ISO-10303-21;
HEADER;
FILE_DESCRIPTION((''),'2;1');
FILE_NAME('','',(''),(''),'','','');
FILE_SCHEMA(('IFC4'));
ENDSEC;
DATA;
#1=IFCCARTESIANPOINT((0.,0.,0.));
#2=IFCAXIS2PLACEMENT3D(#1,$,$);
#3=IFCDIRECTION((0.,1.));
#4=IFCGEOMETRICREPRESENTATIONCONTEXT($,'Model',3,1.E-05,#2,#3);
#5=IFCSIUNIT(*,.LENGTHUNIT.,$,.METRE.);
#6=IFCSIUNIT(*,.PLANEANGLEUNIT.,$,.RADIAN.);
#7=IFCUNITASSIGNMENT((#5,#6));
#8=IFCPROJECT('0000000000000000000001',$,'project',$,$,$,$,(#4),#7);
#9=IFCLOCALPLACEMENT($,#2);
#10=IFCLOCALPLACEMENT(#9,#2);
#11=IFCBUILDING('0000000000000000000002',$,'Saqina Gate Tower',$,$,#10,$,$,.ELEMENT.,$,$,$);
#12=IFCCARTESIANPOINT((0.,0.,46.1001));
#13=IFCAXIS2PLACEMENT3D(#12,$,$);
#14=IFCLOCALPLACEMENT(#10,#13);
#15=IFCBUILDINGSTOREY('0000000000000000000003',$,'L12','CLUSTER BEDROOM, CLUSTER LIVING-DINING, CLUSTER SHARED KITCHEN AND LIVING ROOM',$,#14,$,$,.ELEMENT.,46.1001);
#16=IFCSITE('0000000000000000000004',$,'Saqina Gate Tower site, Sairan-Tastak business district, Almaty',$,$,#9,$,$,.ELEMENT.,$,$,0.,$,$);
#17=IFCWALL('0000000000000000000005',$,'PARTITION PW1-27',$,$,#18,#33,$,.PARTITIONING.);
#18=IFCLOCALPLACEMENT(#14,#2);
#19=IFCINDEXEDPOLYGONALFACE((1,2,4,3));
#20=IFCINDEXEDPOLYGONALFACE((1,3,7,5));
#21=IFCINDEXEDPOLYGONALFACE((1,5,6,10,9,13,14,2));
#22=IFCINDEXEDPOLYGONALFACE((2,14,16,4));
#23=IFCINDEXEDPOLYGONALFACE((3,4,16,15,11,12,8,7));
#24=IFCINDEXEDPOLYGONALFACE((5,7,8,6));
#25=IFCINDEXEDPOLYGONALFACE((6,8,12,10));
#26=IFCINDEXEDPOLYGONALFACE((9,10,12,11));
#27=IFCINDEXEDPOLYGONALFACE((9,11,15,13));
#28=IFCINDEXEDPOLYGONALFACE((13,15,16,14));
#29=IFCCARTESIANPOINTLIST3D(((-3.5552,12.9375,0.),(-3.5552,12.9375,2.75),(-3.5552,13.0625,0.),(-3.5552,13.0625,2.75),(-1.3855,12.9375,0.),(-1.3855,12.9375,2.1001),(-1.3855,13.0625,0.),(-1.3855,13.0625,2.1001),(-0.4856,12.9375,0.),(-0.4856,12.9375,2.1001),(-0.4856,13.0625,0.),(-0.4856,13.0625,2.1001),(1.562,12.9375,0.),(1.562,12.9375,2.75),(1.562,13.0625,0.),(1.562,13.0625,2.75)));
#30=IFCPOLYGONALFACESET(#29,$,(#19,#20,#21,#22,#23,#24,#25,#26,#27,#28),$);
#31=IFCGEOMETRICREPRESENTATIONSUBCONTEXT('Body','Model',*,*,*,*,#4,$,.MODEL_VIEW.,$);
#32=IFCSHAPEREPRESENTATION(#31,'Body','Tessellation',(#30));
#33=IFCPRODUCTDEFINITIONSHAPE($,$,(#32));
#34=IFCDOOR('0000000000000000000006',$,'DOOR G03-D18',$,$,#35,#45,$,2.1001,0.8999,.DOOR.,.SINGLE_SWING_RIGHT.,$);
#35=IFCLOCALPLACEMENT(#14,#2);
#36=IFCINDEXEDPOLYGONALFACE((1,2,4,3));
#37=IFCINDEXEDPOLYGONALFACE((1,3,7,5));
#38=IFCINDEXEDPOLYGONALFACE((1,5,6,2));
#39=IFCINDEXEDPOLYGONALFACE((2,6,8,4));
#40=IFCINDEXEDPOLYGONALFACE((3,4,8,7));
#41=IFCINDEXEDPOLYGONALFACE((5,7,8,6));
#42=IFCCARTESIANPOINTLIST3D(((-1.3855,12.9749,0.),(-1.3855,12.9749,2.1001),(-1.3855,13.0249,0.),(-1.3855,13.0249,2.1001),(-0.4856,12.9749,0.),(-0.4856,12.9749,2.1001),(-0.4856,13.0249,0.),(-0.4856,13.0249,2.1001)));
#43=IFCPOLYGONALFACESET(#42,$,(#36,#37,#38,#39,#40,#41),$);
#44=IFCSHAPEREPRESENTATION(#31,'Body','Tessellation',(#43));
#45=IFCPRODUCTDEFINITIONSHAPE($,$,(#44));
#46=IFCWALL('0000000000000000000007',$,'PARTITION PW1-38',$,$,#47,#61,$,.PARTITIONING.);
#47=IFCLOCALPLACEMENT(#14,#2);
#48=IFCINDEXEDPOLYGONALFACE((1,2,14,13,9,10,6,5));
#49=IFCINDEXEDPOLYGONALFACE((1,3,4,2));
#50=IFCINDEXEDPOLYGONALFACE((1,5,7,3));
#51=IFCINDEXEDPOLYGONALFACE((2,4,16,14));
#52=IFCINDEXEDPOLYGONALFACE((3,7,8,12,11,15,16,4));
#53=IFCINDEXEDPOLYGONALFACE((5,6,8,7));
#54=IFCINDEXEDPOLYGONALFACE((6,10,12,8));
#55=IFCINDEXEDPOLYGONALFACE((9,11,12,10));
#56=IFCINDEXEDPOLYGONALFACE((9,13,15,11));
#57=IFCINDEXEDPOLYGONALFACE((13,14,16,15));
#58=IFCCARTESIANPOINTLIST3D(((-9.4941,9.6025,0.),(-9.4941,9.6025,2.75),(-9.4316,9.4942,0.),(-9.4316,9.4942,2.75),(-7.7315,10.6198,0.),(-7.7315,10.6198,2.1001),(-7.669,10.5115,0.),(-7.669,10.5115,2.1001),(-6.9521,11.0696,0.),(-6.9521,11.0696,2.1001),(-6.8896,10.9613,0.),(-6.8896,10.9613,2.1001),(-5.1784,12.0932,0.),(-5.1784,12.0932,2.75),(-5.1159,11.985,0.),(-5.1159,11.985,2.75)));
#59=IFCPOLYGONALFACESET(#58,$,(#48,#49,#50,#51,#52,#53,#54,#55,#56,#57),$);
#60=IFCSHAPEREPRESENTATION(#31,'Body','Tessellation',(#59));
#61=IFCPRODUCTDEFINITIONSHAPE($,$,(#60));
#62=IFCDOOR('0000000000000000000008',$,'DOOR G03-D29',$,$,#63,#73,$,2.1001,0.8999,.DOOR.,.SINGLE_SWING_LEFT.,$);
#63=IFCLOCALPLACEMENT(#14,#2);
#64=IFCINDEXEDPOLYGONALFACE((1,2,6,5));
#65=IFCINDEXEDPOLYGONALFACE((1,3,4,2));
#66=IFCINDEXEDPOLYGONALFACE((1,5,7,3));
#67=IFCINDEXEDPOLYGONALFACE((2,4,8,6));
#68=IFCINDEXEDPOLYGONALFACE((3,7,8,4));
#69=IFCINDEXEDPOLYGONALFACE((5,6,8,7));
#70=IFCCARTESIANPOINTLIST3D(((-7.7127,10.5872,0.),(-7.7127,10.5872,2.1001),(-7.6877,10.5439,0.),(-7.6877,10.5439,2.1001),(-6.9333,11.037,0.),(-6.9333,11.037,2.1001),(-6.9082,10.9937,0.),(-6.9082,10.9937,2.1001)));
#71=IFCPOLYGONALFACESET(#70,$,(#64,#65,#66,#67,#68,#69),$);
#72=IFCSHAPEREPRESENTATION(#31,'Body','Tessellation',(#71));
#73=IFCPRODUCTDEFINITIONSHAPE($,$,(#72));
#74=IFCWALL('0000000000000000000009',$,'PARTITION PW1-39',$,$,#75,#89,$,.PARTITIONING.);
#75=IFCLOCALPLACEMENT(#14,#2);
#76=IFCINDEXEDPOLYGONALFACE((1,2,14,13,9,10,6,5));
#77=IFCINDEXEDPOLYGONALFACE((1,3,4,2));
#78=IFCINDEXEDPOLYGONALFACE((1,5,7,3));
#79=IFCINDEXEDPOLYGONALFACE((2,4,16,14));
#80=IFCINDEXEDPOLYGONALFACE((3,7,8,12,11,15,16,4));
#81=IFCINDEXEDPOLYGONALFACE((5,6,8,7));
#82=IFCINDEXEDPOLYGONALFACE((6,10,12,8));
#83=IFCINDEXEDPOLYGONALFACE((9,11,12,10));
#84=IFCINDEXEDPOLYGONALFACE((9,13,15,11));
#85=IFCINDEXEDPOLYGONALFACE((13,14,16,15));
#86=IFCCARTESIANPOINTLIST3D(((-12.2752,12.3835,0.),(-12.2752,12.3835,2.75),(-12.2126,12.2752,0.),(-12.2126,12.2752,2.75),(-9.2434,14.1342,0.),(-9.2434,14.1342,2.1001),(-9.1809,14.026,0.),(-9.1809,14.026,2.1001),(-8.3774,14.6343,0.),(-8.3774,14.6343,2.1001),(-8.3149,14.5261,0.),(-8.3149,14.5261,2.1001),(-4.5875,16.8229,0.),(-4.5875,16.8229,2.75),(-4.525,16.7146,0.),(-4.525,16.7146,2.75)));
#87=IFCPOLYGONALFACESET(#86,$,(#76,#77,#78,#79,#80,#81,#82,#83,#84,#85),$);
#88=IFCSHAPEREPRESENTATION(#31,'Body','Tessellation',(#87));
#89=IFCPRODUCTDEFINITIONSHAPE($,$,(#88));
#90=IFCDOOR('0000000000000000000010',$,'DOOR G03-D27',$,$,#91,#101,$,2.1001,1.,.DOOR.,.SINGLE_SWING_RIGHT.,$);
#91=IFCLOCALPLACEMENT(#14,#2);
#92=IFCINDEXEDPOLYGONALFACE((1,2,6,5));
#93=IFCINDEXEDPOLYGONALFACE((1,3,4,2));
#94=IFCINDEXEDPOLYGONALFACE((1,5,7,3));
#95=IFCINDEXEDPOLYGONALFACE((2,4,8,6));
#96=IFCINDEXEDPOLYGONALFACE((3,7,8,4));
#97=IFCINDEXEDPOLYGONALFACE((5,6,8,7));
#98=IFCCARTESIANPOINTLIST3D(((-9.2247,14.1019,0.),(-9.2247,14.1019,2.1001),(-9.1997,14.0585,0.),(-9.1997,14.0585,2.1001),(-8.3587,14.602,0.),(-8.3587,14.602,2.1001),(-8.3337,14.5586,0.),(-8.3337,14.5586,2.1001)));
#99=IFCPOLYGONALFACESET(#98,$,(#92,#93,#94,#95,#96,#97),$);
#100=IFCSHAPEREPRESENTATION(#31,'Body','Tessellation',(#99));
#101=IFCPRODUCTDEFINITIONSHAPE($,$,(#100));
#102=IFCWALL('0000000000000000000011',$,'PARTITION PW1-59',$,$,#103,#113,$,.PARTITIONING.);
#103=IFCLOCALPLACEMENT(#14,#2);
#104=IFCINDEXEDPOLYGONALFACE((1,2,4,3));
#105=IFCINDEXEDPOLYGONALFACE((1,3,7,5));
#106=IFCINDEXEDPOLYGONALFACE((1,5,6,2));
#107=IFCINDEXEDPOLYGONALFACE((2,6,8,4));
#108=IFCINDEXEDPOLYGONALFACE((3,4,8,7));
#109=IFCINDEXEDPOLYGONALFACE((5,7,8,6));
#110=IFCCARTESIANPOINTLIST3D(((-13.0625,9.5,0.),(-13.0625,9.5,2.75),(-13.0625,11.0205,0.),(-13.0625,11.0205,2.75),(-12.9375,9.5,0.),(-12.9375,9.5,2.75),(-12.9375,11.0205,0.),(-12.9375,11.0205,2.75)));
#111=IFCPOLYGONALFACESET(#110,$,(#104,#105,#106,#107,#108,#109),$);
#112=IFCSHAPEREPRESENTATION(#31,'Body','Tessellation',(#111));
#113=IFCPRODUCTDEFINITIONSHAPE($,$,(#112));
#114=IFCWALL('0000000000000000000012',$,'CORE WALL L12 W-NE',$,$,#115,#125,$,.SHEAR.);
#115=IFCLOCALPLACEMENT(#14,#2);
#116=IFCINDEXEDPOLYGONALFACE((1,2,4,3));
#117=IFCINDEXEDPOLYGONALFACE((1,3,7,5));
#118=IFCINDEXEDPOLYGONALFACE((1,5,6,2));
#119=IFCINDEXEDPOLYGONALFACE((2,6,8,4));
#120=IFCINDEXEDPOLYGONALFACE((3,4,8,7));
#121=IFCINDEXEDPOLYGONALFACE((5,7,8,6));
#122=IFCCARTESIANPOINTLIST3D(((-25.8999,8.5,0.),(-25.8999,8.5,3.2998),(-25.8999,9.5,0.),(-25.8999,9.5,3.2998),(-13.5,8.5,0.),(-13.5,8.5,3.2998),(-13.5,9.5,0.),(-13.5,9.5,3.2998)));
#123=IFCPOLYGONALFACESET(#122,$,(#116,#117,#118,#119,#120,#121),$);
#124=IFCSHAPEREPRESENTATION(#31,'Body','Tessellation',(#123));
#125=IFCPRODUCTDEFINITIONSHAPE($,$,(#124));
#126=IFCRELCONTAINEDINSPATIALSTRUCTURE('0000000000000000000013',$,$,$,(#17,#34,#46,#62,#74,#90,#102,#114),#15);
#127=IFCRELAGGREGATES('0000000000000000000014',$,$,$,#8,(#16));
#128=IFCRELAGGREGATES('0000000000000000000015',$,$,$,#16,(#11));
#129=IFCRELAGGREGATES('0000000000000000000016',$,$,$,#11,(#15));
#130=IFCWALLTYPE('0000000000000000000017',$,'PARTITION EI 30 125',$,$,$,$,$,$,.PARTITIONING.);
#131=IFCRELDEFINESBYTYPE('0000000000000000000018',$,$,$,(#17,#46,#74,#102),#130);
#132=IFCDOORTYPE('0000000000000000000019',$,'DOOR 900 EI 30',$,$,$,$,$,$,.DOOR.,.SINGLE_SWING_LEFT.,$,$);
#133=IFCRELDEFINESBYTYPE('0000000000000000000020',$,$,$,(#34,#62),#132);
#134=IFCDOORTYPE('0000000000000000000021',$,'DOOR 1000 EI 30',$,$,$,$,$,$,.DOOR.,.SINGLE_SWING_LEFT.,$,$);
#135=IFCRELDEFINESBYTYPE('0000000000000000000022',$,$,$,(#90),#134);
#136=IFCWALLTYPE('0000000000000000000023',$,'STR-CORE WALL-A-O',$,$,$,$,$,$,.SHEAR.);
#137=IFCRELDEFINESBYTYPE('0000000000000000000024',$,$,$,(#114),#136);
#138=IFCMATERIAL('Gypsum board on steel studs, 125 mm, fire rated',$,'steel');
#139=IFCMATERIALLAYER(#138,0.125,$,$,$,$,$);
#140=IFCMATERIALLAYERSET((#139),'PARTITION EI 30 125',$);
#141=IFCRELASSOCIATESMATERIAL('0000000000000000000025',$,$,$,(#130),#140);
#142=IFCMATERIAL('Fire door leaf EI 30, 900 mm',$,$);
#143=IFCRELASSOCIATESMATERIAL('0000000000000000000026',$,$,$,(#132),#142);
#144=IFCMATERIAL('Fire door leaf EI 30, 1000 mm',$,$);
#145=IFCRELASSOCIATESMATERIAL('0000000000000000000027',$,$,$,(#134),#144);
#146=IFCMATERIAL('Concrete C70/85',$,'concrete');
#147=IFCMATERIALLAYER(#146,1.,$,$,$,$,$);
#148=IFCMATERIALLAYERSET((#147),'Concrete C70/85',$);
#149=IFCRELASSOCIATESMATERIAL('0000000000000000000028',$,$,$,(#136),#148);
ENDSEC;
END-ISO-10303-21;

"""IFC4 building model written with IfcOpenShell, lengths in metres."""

from ifc_helpers import new_model, si_unit, direction, frame, frame_2d, origin, place, context, subcontext, project, spatial, rectangle, extrude, material, layer, layer_set, type_object, element, fill, save


model = new_model("IFC4")

# Units and contexts
model_context = context("Model", 3, precision=1e-05, world=origin(), true_north=direction((0.0, 1.0)))
body_context = subcontext(model_context, "Body", "Model", "MODEL_VIEW")
ifc_project = project(units=[si_unit("LENGTHUNIT", "METRE"), si_unit("PLANEANGLEUNIT", "RADIAN")], contexts=[model_context])

# Site, building, storey
site_placement = place(None, origin())
site = spatial("IfcSite", under=ifc_project, at=site_placement, Name="Saqina Gate Tower site, Sairan-Tastak business district, Almaty", CompositionType="ELEMENT", RefElevation=0.0)
building_placement = place(site_placement, origin())
building = spatial("IfcBuilding", under=site, at=building_placement, Name="Saqina Gate Tower", CompositionType="ELEMENT")
storey_placement = place(building_placement, frame((0.0, 0.0, 46.1001)))
storey = spatial("IfcBuildingStorey", under=building, at=storey_placement, Name="L12", Description="CLUSTER BEDROOM, CLUSTER LIVING-DINING, CLUSTER SHARED KITCHEN AND LIVING ROOM", CompositionType="ELEMENT", Elevation=46.1001)

# Shared definitions
ifc_material_1 = material(Name="Gypsum board on steel studs, 125 mm, fire rated", Category="steel")
ifc_layer_1 = layer(ifc_material_1, 0.125)
ifc_layer_set_1 = layer_set([ifc_layer_1], Name="PARTITION EI 30 125")
wall_type_1 = type_object("IfcWallType", Name="PARTITION EI 30 125", PredefinedType="PARTITIONING", material=ifc_layer_set_1)

# Walls, openings, doors
wall_1_placement = place(storey_placement, frame((-3.5552, 13.0, 0.0), z_axis=(0.0, 0.0, 1.0), x_axis=(1.0, 0.0, 0.0)))
wall_1 = element("IfcWall", 1, at=wall_1_placement, inside=storey, type_object=wall_type_1, Name="PARTITION PW1-27", PredefinedType="PARTITIONING", context=body_context, shape_type="SweptSolid", body=[
    extrude(rectangle(XDim=5.1172, YDim=0.125, at=frame_2d((2.5586, 0.0))), origin(), (0.0, 0.0, 1.0), 2.75),
])
opening_1_placement = place(wall_1_placement, frame((2.1697, 0.0, 0.0)))
opening_1 = element("IfcOpeningElement", 2, at=opening_1_placement, cuts=wall_1, PredefinedType="OPENING", context=body_context, shape_type="SweptSolid", body=[
    extrude(rectangle(XDim=0.8999, YDim=2.1001, at=frame_2d((0.45, 1.05))), frame((0.0, 0.0745, 0.0), z_axis=(0.0, -1.0, 0.0), x_axis=(1.0, 0.0, 0.0)), (0.0, 0.0, 1.0), 0.1489),
])
ifc_material_2 = material(Name="Fire door leaf EI 30, 900 mm")
door_type_1 = type_object("IfcDoorType", Name="DOOR 900 EI 30", OperationType="SINGLE_SWING_LEFT", PredefinedType="DOOR", material=ifc_material_2)
door_1_placement = place(opening_1_placement, origin())
door_1 = element("IfcDoor", 3, at=door_1_placement, inside=storey, type_object=door_type_1, Name="DOOR G03-D18", OperationType="SINGLE_SWING_RIGHT", OverallHeight=2.1001, OverallWidth=0.8999, PredefinedType="DOOR", context=body_context, shape_type="SweptSolid", body=[
    extrude(rectangle(XDim=0.8999, YDim=2.1001, at=frame_2d((0.45, 1.05))), frame((0.0, 0.0249, 0.0), z_axis=(0.0, -1.0, 0.0), x_axis=(1.0, 0.0, 0.0)), (0.0, 0.0, 1.0), 0.05),
])
fill(opening_1, door_1)
wall_2_placement = place(storey_placement, frame((-9.4629, 9.5483, 0.0), z_axis=(0.0, 0.0, 1.0), x_axis=(0.866106, 0.49986, 0.0)))
wall_2 = element("IfcWall", 4, at=wall_2_placement, inside=storey, type_object=wall_type_1, Name="PARTITION PW1-38", PredefinedType="PARTITIONING", context=body_context, shape_type="SweptSolid", body=[
    extrude(rectangle(XDim=4.9829, YDim=0.125, at=frame_2d((2.4915, 0.0))), origin(), (0.0, 0.0, 1.0), 2.75),
])
opening_2_placement = place(wall_2_placement, frame((2.0352, 0.0, 0.0)))
opening_2 = element("IfcOpeningElement", 5, at=opening_2_placement, cuts=wall_2, PredefinedType="OPENING", context=body_context, shape_type="SweptSolid", body=[
    extrude(rectangle(XDim=0.8999, YDim=2.1001, at=frame_2d((0.45, 1.05))), frame((0.0, 0.0745, 0.0), z_axis=(0.0, -1.0, 0.0), x_axis=(1.0, 0.0, 0.0)), (0.0, 0.0, 1.0), 0.1489),
])
door_2_placement = place(opening_2_placement, origin())
door_2 = element("IfcDoor", 6, at=door_2_placement, inside=storey, type_object=door_type_1, Name="DOOR G03-D29", OperationType="SINGLE_SWING_LEFT", OverallHeight=2.1001, OverallWidth=0.8999, PredefinedType="DOOR", context=body_context, shape_type="SweptSolid", body=[
    extrude(rectangle(XDim=0.8999, YDim=2.1001, at=frame_2d((0.45, 1.05))), frame((0.0, 0.0249, 0.0), z_axis=(0.0, -1.0, 0.0), x_axis=(1.0, 0.0, 0.0)), (0.0, 0.0, 1.0), 0.05),
])
fill(opening_2, door_2)
wall_3_placement = place(storey_placement, frame((-12.2439, 12.3293, 0.0), z_axis=(0.0, 0.0, 1.0), x_axis=(0.86598, 0.500079, 0.0)))
wall_3 = element("IfcWall", 7, at=wall_3_placement, inside=storey, type_object=wall_type_1, Name="PARTITION PW1-39", PredefinedType="PARTITIONING", context=body_context, shape_type="SweptSolid", body=[
    extrude(rectangle(XDim=8.8774, YDim=0.125, at=frame_2d((4.4387, 0.0))), origin(), (0.0, 0.0, 1.0), 2.75),
])
opening_3_placement = place(wall_3_placement, frame((3.501, 0.0, 0.0)))
opening_3 = element("IfcOpeningElement", 8, at=opening_3_placement, cuts=wall_3, PredefinedType="OPENING", context=body_context, shape_type="SweptSolid", body=[
    extrude(rectangle(XDim=1.0, YDim=2.1001, at=frame_2d((0.5, 1.05))), frame((0.0, 0.0745, 0.0), z_axis=(0.0, -1.0, 0.0), x_axis=(1.0, 0.0, 0.0)), (0.0, 0.0, 1.0), 0.1489),
])
ifc_material_3 = material(Name="Fire door leaf EI 30, 1000 mm")
door_type_2 = type_object("IfcDoorType", Name="DOOR 1000 EI 30", OperationType="SINGLE_SWING_LEFT", PredefinedType="DOOR", material=ifc_material_3)
door_3_placement = place(opening_3_placement, frame((1.0, 0.0, 0.0), z_axis=(0.0, 0.0, 1.0), x_axis=(-1.0, 0.0, 0.0)))
door_3 = element("IfcDoor", 9, at=door_3_placement, inside=storey, type_object=door_type_2, Name="DOOR G03-D27", OperationType="SINGLE_SWING_RIGHT", OverallHeight=2.1001, OverallWidth=1.0, PredefinedType="DOOR", context=body_context, shape_type="SweptSolid", body=[
    extrude(rectangle(XDim=1.0, YDim=2.1001, at=frame_2d((0.5, 1.05))), frame((0.0, 0.0249, 0.0), z_axis=(0.0, -1.0, 0.0), x_axis=(1.0, 0.0, 0.0)), (0.0, 0.0, 1.0), 0.05),
])
fill(opening_3, door_3)

# Walls
wall_4_placement = place(storey_placement, frame((-13.0, 9.5, 0.0), z_axis=(0.0, 0.0, 1.0), x_axis=(0.0, 1.0, 0.0)))
element("IfcWall", 10, at=wall_4_placement, inside=storey, type_object=wall_type_1, Name="PARTITION PW1-59", PredefinedType="PARTITIONING", context=body_context, shape_type="SweptSolid", body=[
    extrude(rectangle(XDim=1.5205, YDim=0.125, at=frame_2d((0.7603, 0.0))), origin(), (0.0, 0.0, 1.0), 2.75),
])
ifc_material_4 = material(Name="Concrete C70/85", Category="concrete")
ifc_layer_2 = layer(ifc_material_4, 1.0)
ifc_layer_set_2 = layer_set([ifc_layer_2], Name="Concrete C70/85")
wall_type_2 = type_object("IfcWallType", Name="STR-CORE WALL-A-O", PredefinedType="SHEAR", material=ifc_layer_set_2)
wall_5_placement = place(storey_placement, frame((-13.5, 9.0, 0.0), z_axis=(0.0, 0.0, 1.0), x_axis=(-1.0, 0.0, 0.0)))
element("IfcWall", 11, at=wall_5_placement, inside=storey, type_object=wall_type_2, Name="CORE WALL L12 W-NE", PredefinedType="SHEAR", context=body_context, shape_type="SweptSolid", body=[
    extrude(rectangle(XDim=12.3999, YDim=1.0, at=frame_2d((6.2, 0.0))), origin(), (0.0, 0.0, 1.0), 3.2998),
])

save(model, "model.ifc")
